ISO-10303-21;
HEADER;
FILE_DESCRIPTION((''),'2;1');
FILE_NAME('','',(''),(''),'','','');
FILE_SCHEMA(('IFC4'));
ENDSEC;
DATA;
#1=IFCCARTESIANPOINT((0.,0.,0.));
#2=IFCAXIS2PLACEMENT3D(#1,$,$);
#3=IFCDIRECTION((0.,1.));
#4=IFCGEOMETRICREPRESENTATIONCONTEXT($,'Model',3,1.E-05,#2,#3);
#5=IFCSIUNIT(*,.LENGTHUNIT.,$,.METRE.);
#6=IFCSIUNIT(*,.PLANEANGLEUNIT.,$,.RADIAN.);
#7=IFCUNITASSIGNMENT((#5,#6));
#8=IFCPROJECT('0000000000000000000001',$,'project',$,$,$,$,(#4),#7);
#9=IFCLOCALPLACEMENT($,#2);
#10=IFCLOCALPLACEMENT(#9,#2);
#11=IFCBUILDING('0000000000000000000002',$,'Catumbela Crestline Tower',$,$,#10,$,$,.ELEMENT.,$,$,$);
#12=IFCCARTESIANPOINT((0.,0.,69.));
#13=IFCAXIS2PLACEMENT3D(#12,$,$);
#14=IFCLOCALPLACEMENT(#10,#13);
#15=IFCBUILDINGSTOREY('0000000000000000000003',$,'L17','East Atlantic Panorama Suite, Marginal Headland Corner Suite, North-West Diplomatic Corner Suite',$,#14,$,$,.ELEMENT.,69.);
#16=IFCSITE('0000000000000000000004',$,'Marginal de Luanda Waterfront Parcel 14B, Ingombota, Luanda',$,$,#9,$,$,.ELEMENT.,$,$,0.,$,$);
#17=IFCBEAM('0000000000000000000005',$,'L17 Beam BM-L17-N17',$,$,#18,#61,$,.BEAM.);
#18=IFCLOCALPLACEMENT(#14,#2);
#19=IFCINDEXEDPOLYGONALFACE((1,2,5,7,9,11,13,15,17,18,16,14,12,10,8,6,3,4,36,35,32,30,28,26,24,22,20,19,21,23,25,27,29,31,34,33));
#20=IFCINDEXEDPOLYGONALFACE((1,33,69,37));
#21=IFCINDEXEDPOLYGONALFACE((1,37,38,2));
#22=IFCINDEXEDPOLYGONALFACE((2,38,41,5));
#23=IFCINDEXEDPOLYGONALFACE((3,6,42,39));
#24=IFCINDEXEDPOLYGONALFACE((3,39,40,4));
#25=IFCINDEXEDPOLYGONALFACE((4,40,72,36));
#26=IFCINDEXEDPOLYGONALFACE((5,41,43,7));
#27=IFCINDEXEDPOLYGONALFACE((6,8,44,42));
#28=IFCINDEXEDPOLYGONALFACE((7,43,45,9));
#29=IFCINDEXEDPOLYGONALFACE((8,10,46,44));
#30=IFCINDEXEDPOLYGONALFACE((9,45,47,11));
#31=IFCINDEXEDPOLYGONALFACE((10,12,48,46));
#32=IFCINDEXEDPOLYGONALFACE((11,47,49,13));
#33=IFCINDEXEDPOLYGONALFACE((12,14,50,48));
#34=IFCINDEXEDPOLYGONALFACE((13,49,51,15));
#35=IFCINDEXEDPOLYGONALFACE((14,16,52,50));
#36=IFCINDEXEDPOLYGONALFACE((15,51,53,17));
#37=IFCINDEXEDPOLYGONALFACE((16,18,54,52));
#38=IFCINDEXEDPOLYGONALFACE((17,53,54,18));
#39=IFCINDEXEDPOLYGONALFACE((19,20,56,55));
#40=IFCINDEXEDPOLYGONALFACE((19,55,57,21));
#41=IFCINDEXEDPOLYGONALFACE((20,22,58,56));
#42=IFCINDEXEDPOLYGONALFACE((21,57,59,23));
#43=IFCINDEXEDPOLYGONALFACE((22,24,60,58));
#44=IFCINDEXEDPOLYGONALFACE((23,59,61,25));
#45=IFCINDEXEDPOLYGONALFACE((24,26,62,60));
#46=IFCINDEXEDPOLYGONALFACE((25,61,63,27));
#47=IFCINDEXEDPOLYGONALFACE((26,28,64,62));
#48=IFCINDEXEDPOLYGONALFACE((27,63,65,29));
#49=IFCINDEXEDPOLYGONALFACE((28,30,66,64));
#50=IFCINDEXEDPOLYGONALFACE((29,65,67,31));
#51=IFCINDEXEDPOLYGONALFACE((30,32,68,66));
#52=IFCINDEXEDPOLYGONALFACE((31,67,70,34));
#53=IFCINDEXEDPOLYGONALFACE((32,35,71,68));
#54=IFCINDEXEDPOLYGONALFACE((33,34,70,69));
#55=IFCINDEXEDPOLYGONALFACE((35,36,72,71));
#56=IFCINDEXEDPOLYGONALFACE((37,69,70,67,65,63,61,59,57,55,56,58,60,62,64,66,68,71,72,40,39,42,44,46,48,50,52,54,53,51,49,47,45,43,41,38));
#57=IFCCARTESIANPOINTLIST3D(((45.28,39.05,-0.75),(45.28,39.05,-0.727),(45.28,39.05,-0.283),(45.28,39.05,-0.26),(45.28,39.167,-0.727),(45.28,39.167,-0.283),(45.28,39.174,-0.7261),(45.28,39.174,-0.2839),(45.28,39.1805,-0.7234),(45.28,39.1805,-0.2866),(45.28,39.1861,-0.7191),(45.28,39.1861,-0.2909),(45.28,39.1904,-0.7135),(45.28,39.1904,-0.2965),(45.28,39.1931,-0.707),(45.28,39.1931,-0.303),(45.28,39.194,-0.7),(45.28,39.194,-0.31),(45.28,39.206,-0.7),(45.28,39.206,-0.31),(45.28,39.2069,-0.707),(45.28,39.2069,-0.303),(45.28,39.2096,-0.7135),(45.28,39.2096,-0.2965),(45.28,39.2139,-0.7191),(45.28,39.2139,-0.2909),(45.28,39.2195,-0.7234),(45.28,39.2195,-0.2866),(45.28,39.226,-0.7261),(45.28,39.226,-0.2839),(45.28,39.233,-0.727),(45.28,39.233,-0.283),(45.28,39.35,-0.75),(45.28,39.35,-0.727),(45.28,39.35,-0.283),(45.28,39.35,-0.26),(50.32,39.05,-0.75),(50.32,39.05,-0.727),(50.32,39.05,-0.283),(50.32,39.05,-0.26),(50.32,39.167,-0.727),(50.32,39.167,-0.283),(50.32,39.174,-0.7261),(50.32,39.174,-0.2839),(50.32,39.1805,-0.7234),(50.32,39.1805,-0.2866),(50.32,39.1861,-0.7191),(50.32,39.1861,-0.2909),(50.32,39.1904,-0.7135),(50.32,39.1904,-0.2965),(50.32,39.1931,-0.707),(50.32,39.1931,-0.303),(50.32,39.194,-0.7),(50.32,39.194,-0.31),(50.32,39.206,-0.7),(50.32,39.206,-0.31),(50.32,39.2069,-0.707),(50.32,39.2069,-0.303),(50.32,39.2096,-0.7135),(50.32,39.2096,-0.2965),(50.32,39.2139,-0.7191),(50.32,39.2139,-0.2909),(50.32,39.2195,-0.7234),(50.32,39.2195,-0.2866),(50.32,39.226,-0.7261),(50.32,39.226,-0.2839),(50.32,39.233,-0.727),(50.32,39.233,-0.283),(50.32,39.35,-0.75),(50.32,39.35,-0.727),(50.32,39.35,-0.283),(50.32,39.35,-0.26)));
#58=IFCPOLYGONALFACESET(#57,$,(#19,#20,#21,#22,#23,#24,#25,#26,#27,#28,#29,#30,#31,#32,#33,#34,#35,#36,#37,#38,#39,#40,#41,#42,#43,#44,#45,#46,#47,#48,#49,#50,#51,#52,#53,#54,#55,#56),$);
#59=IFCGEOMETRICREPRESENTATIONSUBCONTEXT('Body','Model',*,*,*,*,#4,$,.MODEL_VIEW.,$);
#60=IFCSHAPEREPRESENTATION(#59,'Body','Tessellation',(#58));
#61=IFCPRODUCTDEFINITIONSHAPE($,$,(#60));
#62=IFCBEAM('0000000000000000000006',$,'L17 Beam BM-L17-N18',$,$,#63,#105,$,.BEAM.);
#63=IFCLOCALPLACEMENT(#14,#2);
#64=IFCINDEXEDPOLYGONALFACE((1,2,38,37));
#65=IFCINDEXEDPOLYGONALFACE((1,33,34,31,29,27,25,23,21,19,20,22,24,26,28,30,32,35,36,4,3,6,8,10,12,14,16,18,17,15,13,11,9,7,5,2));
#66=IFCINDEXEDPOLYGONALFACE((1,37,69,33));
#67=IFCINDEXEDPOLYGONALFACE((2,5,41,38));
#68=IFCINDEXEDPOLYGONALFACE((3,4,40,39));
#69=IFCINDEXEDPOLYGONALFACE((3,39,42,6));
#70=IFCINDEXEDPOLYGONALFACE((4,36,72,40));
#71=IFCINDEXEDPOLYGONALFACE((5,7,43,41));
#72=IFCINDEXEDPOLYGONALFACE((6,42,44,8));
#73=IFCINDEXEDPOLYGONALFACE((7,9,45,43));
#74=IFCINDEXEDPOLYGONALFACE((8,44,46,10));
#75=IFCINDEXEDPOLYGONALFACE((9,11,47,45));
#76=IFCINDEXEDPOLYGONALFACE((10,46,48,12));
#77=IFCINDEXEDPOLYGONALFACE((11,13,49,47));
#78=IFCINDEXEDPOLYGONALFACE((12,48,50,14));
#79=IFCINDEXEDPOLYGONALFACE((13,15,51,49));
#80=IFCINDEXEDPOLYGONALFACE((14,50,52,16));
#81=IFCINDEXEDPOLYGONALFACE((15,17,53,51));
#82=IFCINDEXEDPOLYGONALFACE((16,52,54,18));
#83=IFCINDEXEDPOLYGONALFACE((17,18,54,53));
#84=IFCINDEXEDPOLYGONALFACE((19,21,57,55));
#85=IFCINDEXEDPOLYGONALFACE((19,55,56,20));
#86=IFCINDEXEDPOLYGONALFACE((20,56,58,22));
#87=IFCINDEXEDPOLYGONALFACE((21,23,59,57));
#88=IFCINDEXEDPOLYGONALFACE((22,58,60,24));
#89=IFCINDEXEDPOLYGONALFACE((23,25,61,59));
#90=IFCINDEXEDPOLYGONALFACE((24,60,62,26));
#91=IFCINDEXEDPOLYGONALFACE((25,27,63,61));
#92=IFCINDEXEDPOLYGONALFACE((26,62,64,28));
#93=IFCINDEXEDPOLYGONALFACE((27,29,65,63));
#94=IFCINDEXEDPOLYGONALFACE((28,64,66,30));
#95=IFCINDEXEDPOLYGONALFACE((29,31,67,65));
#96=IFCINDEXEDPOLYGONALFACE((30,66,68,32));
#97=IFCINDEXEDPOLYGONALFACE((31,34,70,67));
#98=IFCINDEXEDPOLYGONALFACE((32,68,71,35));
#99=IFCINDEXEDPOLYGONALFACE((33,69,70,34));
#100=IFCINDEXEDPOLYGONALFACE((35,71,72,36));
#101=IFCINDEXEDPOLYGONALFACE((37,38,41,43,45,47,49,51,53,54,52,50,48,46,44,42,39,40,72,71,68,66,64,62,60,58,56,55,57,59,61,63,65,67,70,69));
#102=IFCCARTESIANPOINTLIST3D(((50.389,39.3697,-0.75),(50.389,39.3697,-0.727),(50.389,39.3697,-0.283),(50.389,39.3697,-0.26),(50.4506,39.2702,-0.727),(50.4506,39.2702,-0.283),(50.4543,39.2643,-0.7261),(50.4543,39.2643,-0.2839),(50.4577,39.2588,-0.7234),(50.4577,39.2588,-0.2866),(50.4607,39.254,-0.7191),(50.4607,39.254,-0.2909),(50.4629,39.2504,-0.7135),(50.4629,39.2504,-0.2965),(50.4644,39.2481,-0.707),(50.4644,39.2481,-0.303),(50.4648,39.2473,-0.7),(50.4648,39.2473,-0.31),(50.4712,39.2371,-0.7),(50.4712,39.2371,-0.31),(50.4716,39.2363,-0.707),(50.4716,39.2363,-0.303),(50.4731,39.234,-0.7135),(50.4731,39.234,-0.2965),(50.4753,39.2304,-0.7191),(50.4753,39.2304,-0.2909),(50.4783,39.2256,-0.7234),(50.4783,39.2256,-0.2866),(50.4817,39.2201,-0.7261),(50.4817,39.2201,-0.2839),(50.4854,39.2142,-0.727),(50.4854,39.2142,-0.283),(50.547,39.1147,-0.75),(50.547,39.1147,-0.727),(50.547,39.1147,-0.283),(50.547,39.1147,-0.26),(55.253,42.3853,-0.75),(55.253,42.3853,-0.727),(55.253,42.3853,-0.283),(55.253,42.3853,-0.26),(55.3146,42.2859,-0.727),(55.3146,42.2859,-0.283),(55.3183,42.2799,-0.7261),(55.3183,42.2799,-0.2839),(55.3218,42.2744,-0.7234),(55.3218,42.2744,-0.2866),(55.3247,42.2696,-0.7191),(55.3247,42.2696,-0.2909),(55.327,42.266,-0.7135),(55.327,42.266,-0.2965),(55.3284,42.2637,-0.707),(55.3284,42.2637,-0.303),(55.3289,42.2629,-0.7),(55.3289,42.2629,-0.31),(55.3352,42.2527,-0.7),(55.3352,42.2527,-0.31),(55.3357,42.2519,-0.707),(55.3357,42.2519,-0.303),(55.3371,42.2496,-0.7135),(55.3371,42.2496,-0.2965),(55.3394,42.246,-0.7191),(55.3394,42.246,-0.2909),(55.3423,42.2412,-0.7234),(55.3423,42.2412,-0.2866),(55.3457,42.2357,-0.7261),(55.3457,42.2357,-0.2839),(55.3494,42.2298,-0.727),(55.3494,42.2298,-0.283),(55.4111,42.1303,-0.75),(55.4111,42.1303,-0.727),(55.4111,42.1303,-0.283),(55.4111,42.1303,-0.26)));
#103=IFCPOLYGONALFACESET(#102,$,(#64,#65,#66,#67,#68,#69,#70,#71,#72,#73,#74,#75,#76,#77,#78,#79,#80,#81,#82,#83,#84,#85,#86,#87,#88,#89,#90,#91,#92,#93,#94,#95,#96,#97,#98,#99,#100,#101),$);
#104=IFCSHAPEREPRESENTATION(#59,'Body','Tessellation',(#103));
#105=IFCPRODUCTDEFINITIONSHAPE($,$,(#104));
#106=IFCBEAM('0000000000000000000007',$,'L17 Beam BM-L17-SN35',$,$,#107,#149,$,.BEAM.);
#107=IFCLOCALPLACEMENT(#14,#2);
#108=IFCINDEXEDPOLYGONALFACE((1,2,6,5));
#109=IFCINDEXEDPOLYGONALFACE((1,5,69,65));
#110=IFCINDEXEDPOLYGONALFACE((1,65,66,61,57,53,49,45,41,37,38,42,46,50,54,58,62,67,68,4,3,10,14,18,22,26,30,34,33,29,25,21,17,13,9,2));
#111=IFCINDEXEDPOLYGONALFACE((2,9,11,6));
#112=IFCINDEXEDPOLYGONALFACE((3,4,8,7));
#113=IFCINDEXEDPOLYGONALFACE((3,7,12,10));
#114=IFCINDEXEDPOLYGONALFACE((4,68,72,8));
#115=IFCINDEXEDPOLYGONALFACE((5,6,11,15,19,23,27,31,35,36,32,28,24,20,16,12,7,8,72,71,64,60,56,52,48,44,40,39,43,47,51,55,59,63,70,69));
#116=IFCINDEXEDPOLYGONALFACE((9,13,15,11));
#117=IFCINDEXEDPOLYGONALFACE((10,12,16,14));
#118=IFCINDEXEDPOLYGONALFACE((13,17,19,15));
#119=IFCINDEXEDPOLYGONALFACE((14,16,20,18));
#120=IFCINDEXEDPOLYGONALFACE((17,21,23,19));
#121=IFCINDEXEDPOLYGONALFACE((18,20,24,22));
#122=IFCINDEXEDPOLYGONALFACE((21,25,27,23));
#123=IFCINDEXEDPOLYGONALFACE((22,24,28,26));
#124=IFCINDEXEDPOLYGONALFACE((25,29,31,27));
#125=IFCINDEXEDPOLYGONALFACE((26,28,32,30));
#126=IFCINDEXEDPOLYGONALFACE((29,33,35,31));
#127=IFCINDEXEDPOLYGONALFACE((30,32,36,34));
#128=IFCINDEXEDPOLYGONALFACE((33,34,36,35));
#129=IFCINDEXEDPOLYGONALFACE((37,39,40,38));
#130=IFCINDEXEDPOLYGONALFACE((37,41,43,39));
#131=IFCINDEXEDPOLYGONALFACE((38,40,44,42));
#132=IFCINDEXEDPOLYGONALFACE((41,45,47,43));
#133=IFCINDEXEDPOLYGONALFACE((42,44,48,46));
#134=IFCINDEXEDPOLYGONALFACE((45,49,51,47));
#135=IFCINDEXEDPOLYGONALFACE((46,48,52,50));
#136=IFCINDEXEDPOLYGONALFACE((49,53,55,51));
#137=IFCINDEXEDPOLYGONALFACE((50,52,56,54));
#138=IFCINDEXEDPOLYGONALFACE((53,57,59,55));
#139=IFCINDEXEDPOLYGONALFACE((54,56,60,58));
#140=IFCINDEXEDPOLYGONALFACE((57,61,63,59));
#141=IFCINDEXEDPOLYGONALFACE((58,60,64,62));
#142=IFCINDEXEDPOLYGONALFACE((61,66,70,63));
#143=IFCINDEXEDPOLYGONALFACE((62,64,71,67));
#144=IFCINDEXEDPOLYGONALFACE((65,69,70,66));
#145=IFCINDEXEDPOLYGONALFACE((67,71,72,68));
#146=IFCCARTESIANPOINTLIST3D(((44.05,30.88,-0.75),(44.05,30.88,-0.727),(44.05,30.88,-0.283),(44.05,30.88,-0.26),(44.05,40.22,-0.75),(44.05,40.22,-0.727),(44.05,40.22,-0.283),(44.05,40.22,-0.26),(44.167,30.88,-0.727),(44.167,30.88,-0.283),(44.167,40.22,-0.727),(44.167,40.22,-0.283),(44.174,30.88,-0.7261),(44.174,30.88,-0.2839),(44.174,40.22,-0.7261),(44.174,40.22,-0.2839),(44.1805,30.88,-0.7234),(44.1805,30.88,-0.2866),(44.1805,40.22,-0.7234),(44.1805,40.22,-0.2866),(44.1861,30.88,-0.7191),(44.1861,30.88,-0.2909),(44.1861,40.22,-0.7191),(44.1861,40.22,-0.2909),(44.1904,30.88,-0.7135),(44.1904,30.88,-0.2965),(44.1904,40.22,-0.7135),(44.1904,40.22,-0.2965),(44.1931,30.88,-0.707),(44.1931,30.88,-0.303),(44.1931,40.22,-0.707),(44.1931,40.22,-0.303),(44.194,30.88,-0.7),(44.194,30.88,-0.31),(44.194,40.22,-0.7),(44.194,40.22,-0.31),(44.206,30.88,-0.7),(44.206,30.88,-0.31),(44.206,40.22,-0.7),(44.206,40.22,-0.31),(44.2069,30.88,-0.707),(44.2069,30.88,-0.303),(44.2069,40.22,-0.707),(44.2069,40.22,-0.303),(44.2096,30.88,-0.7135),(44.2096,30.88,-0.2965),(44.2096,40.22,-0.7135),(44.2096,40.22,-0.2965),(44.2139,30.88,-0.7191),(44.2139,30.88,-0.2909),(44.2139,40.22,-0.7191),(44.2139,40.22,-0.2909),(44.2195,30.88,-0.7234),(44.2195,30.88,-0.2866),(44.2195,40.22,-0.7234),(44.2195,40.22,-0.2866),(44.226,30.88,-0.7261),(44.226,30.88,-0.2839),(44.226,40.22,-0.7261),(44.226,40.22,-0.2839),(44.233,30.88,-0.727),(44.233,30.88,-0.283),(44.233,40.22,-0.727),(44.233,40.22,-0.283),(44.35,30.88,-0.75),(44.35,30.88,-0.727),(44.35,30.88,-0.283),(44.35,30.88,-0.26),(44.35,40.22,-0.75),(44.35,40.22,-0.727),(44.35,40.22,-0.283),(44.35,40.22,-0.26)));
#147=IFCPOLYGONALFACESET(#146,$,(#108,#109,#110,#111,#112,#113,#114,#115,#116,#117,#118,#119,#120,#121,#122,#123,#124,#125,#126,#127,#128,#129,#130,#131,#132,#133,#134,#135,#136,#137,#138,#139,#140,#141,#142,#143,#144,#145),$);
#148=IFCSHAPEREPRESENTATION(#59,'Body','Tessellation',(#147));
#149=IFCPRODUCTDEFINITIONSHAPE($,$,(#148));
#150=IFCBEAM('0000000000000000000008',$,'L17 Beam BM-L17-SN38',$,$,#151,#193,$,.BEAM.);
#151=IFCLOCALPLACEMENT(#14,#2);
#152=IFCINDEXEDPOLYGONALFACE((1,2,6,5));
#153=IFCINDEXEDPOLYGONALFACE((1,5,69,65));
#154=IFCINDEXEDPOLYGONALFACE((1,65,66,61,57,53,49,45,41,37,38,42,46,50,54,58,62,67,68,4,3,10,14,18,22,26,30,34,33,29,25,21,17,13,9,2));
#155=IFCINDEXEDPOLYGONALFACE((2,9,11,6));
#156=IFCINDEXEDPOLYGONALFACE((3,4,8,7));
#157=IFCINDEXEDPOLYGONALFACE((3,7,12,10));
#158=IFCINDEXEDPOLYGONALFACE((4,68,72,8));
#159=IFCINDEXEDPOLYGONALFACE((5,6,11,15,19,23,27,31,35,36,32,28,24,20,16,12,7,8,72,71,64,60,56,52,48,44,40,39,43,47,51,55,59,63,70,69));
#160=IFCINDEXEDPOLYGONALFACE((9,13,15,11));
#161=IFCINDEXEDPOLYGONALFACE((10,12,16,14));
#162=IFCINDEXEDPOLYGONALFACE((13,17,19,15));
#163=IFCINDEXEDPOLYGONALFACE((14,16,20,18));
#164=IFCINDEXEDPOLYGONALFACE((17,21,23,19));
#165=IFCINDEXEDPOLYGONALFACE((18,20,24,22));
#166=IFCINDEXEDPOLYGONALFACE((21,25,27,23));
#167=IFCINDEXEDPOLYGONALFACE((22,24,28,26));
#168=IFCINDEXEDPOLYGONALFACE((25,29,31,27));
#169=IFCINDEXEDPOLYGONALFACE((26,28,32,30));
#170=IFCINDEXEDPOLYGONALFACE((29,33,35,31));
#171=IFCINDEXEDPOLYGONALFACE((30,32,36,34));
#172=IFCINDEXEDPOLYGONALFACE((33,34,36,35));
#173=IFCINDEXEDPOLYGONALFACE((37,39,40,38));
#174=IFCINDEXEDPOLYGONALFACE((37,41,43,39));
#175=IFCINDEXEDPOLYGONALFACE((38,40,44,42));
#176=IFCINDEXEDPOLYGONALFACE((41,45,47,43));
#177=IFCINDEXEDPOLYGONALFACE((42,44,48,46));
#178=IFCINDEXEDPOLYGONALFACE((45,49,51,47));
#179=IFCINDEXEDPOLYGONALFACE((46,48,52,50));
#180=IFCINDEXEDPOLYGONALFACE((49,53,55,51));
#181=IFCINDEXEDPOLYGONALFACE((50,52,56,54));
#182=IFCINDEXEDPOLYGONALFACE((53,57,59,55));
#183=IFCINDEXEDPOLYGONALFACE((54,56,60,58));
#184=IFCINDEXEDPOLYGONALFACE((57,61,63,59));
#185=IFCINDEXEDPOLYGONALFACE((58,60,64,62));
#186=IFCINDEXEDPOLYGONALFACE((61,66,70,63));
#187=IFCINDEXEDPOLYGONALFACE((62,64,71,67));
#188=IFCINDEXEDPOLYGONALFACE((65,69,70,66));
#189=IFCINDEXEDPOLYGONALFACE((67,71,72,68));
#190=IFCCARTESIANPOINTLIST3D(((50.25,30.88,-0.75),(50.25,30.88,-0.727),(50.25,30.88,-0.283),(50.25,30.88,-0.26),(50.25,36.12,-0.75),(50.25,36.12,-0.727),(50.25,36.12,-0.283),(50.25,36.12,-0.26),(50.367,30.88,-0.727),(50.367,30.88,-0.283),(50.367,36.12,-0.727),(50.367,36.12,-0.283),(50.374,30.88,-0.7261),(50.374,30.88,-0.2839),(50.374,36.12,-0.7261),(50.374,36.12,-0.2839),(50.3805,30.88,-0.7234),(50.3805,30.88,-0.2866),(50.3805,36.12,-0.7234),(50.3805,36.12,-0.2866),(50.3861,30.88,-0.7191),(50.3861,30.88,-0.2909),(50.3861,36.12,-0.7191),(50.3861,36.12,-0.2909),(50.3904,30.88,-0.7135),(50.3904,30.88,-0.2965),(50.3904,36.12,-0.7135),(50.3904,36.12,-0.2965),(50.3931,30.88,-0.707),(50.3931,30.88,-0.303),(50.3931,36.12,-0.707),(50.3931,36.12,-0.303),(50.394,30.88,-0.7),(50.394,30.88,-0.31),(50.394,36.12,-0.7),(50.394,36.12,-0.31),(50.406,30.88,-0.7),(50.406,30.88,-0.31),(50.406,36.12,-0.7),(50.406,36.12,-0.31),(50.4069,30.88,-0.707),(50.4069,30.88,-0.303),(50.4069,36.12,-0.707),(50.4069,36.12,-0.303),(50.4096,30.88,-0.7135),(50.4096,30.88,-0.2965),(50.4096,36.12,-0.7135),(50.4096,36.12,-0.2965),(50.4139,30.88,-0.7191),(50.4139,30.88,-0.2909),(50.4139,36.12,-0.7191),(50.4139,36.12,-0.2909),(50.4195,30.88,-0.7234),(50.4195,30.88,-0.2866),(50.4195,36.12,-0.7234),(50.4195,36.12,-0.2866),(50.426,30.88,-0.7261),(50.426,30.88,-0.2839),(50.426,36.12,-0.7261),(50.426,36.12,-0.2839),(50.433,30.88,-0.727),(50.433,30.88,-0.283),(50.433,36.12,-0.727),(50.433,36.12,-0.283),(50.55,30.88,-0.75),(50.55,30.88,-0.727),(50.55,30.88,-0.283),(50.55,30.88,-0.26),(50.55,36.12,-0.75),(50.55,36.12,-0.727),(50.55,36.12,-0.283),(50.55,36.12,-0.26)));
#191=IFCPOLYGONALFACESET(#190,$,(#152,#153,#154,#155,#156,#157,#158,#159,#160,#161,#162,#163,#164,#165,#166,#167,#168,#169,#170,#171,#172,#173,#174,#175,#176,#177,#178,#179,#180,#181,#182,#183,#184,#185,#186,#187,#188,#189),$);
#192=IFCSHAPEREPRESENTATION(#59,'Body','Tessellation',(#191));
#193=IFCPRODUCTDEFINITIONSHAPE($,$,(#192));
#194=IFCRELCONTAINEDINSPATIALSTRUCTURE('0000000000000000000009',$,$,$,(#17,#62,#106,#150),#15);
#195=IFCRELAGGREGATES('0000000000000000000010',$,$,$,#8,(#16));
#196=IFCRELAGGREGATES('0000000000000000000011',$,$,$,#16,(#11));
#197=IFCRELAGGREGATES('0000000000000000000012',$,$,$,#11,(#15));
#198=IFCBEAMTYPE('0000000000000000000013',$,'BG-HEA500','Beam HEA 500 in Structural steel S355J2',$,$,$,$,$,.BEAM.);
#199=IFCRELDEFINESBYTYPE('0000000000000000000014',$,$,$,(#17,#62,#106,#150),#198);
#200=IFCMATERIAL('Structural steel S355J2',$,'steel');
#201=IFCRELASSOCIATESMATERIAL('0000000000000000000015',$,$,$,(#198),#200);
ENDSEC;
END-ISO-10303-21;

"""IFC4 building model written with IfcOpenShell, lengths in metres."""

from ifc_helpers import new_model, si_unit, direction, frame, origin, origin_2d, place, context, subcontext, project, spatial, i_section, extrude, material, material_profile, profile_set, type_object, element, save


model = new_model("IFC4")

# Units and contexts
model_context = context("Model", 3, precision=1e-05, world=origin(), true_north=direction((0.0, 1.0)))
body_context = subcontext(model_context, "Body", "Model", "MODEL_VIEW")
ifc_project = project(units=[si_unit("LENGTHUNIT", "METRE"), si_unit("PLANEANGLEUNIT", "RADIAN")], contexts=[model_context])

# Site, building, storey
site_placement = place(None, origin())
site = spatial("IfcSite", under=ifc_project, at=site_placement, Name="Marginal de Luanda Waterfront Parcel 14B, Ingombota, Luanda", CompositionType="ELEMENT", RefElevation=0.0)
building_placement = place(site_placement, origin())
building = spatial("IfcBuilding", under=site, at=building_placement, Name="Catumbela Crestline Tower", CompositionType="ELEMENT")
storey_placement = place(building_placement, frame((0.0, 0.0, 69.0)))
storey = spatial("IfcBuildingStorey", under=building, at=storey_placement, Name="L17", Description="East Atlantic Panorama Suite, Marginal Headland Corner Suite, North-West Diplomatic Corner Suite", CompositionType="ELEMENT", Elevation=69.0)

# Beams
ifc_material_1 = material(Name="Structural steel S355J2", Category="steel")
ifc_material_profile_1 = material_profile(ifc_material_1, i_section(OverallWidth=0.3, OverallDepth=0.49, WebThickness=0.012, FlangeThickness=0.023, FilletRadius=0.027, at=origin_2d()), Name="HEA 500")
ifc_profile_set_1 = profile_set([ifc_material_profile_1], Name="Structural steel S355J2")
beam_type_1 = type_object("IfcBeamType", Name="BG-HEA500", Description="Beam HEA 500 in Structural steel S355J2", PredefinedType="BEAM", material=ifc_profile_set_1)
beam_1_placement = place(storey_placement, frame((45.28, 39.2, -0.505), z_axis=(1.0, 0.0, 0.0), x_axis=(0.0, 1.0, 0.0)))
element("IfcBeam", 1, at=beam_1_placement, inside=storey, type_object=beam_type_1, Name="L17 Beam BM-L17-N17", PredefinedType="BEAM", context=body_context, shape_type="SweptSolid", body=[
    extrude(i_section(OverallWidth=0.3, OverallDepth=0.49, WebThickness=0.012, FlangeThickness=0.023, FilletRadius=0.027, at=origin_2d()), origin(), (0.0, 0.0, 1.0), 5.04),
])
beam_2_placement = place(storey_placement, frame((50.468, 39.2422, -0.505), z_axis=(0.849909, 0.52693, 0.0), x_axis=(-0.52693, 0.849909, 0.0)))
element("IfcBeam", 2, at=beam_2_placement, inside=storey, type_object=beam_type_1, Name="L17 Beam BM-L17-N18", PredefinedType="BEAM", context=body_context, shape_type="SweptSolid", body=[
    extrude(i_section(OverallWidth=0.3, OverallDepth=0.49, WebThickness=0.012, FlangeThickness=0.023, FilletRadius=0.027, at=origin_2d()), origin(), (0.0, 0.0, 1.0), 5.723),
])
beam_3_placement = place(storey_placement, frame((44.2, 30.88, -0.505), z_axis=(0.0, 1.0, 0.0), x_axis=(-1.0, 0.0, 0.0)))
element("IfcBeam", 3, at=beam_3_placement, inside=storey, type_object=beam_type_1, Name="L17 Beam BM-L17-SN35", PredefinedType="BEAM", context=body_context, shape_type="SweptSolid", body=[
    extrude(i_section(OverallWidth=0.3, OverallDepth=0.49, WebThickness=0.012, FlangeThickness=0.023, FilletRadius=0.027, at=origin_2d()), origin(), (0.0, 0.0, 1.0), 9.34),
])
beam_4_placement = place(storey_placement, frame((50.4, 30.88, -0.505), z_axis=(0.0, 1.0, 0.0), x_axis=(-1.0, 0.0, 0.0)))
element("IfcBeam", 4, at=beam_4_placement, inside=storey, type_object=beam_type_1, Name="L17 Beam BM-L17-SN38", PredefinedType="BEAM", context=body_context, shape_type="SweptSolid", body=[
    extrude(i_section(OverallWidth=0.3, OverallDepth=0.49, WebThickness=0.012, FlangeThickness=0.023, FilletRadius=0.027, at=origin_2d()), origin(), (0.0, 0.0, 1.0), 5.24),
])

save(model, "model.ifc")
